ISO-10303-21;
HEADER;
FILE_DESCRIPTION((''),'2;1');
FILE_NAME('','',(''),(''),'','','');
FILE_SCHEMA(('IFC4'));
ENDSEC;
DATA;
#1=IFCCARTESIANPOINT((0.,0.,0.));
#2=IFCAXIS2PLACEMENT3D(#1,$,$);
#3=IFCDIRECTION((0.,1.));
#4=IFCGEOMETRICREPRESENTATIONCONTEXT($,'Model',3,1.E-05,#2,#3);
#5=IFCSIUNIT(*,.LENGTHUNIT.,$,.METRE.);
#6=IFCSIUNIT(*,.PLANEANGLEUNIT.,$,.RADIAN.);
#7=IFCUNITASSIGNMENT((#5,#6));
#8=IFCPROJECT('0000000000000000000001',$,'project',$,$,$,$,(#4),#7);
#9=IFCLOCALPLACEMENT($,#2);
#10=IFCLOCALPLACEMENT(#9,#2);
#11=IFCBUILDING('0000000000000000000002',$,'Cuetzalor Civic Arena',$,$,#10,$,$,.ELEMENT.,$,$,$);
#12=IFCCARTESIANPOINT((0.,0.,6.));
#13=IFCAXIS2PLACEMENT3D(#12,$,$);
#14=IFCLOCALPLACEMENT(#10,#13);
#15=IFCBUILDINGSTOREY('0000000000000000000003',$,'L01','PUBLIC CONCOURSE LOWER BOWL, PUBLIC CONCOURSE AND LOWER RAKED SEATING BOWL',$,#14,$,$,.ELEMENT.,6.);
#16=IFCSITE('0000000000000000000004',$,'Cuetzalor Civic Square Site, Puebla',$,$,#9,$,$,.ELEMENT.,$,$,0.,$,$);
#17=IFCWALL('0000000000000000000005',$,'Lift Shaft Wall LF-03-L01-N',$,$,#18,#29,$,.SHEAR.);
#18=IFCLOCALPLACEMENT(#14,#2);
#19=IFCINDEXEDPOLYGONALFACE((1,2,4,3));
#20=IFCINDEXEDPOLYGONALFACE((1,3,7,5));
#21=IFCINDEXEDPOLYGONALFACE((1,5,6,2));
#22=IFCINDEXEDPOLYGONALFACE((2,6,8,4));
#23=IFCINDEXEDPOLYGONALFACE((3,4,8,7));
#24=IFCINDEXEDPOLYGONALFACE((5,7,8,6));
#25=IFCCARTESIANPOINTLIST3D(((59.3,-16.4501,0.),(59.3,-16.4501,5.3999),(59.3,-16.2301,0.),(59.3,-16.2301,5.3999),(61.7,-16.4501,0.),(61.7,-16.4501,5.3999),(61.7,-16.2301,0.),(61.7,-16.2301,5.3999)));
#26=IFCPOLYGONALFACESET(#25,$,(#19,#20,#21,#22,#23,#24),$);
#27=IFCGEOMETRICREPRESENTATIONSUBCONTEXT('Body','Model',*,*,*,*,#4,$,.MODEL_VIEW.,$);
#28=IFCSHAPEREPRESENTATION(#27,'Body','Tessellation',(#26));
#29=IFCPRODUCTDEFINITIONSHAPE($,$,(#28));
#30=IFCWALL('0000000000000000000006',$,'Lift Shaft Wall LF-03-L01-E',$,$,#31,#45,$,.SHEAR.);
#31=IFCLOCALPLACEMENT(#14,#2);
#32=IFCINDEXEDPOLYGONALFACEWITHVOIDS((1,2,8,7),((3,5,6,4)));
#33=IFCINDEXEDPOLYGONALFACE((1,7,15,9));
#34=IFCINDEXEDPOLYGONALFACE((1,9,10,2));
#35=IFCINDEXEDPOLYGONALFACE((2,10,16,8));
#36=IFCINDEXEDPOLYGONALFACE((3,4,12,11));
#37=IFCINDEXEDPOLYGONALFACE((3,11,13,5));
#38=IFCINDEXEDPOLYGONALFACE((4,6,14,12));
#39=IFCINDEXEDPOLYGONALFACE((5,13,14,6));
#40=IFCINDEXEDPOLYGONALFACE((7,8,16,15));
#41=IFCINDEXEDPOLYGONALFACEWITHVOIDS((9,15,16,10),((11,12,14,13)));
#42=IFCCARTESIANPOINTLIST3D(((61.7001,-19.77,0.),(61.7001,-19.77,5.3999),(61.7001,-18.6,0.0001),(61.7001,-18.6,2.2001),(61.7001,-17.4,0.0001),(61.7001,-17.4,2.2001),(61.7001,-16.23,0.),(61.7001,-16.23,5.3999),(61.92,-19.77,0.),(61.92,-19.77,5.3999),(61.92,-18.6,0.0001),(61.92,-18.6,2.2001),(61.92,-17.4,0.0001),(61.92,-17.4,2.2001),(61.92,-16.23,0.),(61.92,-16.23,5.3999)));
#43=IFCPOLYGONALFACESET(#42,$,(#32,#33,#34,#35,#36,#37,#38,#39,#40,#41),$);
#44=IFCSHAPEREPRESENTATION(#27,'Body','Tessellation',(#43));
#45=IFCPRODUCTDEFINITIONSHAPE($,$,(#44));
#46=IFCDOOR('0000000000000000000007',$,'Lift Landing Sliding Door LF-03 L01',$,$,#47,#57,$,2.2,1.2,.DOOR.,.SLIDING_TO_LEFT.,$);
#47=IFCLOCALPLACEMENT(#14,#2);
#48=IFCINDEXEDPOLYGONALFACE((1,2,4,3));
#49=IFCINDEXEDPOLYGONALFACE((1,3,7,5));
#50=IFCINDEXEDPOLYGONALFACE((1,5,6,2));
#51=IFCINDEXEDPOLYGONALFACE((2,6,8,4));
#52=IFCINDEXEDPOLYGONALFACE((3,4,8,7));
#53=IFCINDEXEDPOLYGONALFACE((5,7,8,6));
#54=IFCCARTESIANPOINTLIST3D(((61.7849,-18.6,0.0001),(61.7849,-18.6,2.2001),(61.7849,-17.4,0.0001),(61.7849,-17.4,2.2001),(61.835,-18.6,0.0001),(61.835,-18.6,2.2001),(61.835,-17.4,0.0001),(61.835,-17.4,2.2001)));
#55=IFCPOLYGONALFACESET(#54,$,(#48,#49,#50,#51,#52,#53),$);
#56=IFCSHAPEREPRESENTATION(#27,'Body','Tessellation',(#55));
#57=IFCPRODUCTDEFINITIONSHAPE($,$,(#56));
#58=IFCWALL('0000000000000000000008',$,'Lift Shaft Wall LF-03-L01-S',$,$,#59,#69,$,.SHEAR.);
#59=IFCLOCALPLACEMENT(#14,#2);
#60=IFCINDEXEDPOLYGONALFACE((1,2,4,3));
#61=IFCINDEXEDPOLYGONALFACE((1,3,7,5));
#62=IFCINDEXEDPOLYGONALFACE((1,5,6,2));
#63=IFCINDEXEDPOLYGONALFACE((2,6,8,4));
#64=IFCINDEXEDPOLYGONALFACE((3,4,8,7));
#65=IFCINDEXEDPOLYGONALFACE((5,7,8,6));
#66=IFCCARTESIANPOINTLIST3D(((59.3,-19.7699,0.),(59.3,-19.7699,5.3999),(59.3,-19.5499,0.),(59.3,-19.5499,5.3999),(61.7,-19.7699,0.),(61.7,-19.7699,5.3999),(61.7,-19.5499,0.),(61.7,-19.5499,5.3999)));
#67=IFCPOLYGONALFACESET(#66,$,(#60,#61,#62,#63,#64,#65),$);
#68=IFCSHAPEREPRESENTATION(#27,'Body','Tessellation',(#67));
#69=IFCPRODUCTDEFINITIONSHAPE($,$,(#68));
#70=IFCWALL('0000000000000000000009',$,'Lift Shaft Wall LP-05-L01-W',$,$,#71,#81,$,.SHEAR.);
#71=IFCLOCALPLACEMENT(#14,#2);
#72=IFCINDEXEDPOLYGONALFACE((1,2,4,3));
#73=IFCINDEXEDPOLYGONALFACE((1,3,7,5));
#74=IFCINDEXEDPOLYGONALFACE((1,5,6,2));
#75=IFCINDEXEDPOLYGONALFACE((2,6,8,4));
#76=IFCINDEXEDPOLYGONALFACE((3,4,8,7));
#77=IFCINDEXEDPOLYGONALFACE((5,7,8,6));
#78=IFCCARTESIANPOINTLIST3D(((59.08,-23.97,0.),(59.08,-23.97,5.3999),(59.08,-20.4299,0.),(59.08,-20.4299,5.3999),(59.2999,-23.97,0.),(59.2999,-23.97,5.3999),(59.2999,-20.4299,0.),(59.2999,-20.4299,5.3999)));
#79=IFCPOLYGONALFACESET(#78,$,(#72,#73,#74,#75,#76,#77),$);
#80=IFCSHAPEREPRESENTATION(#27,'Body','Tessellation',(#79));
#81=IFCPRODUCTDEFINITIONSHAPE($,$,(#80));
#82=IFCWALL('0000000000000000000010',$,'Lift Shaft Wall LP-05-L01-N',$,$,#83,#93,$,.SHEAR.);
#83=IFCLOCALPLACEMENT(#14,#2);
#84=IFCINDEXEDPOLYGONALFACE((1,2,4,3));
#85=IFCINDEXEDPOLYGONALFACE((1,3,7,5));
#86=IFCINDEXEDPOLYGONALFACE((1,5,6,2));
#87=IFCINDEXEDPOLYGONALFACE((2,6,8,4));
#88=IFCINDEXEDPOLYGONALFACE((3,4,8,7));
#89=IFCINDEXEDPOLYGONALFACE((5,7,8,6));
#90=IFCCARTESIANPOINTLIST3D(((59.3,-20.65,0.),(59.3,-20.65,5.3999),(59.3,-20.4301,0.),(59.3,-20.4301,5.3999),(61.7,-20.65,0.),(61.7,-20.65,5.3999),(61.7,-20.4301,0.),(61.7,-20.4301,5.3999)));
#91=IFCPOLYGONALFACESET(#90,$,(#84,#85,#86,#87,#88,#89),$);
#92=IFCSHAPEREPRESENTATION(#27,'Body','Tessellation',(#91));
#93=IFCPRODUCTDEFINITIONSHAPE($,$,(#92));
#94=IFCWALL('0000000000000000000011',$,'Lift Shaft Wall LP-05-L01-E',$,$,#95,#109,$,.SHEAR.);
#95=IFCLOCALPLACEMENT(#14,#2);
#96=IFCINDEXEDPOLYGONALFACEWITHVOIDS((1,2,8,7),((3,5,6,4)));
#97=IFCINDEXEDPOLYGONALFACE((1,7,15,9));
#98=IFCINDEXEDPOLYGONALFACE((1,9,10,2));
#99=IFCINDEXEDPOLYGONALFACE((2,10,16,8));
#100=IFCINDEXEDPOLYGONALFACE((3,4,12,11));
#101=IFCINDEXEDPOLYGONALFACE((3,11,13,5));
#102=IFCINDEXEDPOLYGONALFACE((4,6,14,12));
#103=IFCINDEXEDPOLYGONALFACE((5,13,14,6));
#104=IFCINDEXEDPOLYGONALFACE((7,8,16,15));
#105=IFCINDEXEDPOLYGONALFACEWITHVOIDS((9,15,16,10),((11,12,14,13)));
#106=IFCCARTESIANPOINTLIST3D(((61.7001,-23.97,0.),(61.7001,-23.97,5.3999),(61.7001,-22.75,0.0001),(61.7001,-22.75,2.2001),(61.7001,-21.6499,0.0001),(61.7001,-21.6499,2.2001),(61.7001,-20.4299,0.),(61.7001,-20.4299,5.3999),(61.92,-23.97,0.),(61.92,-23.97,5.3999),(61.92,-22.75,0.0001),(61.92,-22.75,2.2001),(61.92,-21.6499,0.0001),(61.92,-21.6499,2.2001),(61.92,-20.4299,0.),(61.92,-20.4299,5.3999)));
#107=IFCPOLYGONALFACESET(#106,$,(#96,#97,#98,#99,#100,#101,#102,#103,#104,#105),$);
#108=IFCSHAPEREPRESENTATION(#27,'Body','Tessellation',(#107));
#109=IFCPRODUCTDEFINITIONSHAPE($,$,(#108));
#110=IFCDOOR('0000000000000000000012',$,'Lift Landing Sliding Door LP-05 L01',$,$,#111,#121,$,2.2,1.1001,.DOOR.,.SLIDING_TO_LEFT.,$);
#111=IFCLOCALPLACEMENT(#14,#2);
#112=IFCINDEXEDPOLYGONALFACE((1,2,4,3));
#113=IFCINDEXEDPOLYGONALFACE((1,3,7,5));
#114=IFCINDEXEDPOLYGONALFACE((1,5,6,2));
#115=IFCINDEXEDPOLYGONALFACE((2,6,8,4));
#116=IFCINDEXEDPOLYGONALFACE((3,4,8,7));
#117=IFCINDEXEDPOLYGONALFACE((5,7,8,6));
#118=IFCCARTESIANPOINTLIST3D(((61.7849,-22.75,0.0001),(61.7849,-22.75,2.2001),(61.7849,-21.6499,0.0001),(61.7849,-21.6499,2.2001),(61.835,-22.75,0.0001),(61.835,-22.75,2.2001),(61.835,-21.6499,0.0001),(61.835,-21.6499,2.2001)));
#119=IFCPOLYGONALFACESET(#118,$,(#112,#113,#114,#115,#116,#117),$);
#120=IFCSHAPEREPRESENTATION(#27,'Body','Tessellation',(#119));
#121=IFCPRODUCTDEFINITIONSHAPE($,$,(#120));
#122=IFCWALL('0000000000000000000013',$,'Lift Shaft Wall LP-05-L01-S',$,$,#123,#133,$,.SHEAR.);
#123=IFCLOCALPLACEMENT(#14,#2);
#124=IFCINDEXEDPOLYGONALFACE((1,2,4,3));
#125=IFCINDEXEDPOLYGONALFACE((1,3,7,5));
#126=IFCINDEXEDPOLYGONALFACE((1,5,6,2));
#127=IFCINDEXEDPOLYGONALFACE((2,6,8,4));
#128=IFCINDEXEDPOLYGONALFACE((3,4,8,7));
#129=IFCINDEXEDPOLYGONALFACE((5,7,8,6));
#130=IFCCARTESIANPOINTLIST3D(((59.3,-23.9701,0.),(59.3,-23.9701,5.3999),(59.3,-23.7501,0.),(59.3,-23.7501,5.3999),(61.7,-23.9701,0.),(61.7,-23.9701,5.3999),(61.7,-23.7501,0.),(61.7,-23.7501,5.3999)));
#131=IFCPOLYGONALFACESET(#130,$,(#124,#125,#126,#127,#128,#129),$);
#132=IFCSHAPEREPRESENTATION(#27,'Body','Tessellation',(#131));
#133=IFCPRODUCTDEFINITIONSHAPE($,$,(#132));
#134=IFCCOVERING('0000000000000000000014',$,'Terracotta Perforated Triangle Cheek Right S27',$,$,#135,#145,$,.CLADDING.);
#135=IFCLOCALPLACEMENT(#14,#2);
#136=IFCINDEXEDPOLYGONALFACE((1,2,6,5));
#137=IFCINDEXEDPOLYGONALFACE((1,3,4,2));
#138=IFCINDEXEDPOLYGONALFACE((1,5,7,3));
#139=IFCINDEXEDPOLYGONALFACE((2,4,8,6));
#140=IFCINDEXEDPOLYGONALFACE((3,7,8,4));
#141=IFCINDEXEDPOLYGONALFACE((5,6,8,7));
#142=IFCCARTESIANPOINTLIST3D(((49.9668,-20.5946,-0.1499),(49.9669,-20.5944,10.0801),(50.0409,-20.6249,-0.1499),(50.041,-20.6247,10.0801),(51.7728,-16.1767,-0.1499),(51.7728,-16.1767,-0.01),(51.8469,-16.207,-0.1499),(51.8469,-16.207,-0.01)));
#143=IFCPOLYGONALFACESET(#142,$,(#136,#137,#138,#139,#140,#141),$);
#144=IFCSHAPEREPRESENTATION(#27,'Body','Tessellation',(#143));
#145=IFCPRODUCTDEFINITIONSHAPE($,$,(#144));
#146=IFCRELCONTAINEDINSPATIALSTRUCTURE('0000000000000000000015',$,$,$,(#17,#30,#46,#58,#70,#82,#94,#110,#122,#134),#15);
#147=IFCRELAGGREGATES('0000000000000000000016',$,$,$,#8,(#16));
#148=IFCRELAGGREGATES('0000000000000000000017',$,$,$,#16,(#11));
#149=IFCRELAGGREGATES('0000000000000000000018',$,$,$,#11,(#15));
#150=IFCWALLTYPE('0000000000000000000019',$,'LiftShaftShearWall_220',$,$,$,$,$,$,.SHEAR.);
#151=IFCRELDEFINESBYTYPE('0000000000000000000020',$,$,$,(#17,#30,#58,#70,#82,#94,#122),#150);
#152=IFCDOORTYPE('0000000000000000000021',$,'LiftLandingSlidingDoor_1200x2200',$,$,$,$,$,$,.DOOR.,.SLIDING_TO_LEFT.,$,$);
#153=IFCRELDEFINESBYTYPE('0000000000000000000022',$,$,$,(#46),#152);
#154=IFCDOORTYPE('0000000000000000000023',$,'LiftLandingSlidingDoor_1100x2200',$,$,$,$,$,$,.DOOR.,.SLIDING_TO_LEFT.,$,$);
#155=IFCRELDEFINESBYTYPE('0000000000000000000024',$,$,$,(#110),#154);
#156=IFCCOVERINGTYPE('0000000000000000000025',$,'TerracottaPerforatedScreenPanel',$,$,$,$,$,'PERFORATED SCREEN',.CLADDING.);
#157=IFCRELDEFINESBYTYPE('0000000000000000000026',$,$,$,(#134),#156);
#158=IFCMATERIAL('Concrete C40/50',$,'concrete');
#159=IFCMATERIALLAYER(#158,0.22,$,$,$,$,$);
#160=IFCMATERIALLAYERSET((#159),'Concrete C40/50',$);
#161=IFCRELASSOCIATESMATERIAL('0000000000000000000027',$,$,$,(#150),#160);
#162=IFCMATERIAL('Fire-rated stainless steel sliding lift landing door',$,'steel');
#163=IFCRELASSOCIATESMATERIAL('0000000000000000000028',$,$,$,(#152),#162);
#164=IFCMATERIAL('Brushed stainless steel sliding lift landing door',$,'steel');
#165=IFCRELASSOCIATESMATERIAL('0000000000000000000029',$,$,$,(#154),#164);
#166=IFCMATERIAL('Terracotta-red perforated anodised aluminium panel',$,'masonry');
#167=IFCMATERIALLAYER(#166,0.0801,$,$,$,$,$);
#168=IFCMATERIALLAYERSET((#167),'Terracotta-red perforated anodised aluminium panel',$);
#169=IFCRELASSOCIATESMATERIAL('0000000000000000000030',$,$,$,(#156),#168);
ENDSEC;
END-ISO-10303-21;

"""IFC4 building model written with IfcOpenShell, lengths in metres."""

from ifc_helpers import new_model, si_unit, direction, frame, frame_2d, origin, place, context, subcontext, project, spatial, polyline, rectangle, outline, extrude, material, layer, layer_set, type_object, element, fill, save


model = new_model("IFC4")

# Units and contexts
model_context = context("Model", 3, precision=1e-05, world=origin(), true_north=direction((0.0, 1.0)))
body_context = subcontext(model_context, "Body", "Model", "MODEL_VIEW")
ifc_project = project(units=[si_unit("LENGTHUNIT", "METRE"), si_unit("PLANEANGLEUNIT", "RADIAN")], contexts=[model_context])

# Site, building, storey
site_placement = place(None, origin())
site = spatial("IfcSite", under=ifc_project, at=site_placement, Name="Cuetzalor Civic Square Site, Puebla", CompositionType="ELEMENT", RefElevation=0.0)
building_placement = place(site_placement, origin())
building = spatial("IfcBuilding", under=site, at=building_placement, Name="Cuetzalor Civic Arena", CompositionType="ELEMENT")
storey_placement = place(building_placement, frame((0.0, 0.0, 6.0)))
storey = spatial("IfcBuildingStorey", under=building, at=storey_placement, Name="L01", Description="PUBLIC CONCOURSE LOWER BOWL, PUBLIC CONCOURSE AND LOWER RAKED SEATING BOWL", CompositionType="ELEMENT", Elevation=6.0)

# Wall
ifc_material_1 = material(Name="Concrete C40/50", Category="concrete")
ifc_layer_1 = layer(ifc_material_1, 0.22)
ifc_layer_set_1 = layer_set([ifc_layer_1], Name="Concrete C40/50")
wall_type_1 = type_object("IfcWallType", Name="LiftShaftShearWall_220", PredefinedType="SHEAR", material=ifc_layer_set_1)
wall_1_placement = place(storey_placement, frame((59.3, -16.3401, 0.0), z_axis=(0.0, 0.0, 1.0), x_axis=(1.0, 0.0, 0.0)))
element("IfcWall", 1, at=wall_1_placement, inside=storey, type_object=wall_type_1, Name="Lift Shaft Wall LF-03-L01-N", PredefinedType="SHEAR", context=body_context, shape_type="SweptSolid", body=[
    extrude(rectangle(XDim=2.3999, YDim=0.22, at=frame_2d((1.2, 0.0))), origin(), (0.0, 0.0, 1.0), 5.3999),
])

# Wall, opening, door
wall_2_placement = place(storey_placement, frame((61.8101, -16.23, 0.0), z_axis=(0.0, 0.0, 1.0), x_axis=(0.0, -1.0, 0.0)))
wall_2 = element("IfcWall", 2, at=wall_2_placement, inside=storey, type_object=wall_type_1, Name="Lift Shaft Wall LF-03-L01-E", PredefinedType="SHEAR", context=body_context, shape_type="SweptSolid", body=[
    extrude(rectangle(XDim=3.54, YDim=0.22, at=frame_2d((1.77, 0.0))), origin(), (0.0, 0.0, 1.0), 5.3999),
])
opening_1_placement = place(wall_2_placement, frame((1.1699, 0.0, 0.0)))
opening_1 = element("IfcOpeningElement", 3, at=opening_1_placement, cuts=wall_2, PredefinedType="OPENING", context=body_context, shape_type="SweptSolid", body=[
    extrude(rectangle(XDim=1.2, YDim=2.2, at=frame_2d((0.6001, 1.1001))), frame((0.0, 0.1201, 0.0), z_axis=(0.0, -1.0, 0.0), x_axis=(1.0, 0.0, 0.0)), (0.0, 0.0, 1.0), 0.24),
])
ifc_material_2 = material(Name="Fire-rated stainless steel sliding lift landing door", Category="steel")
door_type_1 = type_object("IfcDoorType", Name="LiftLandingSlidingDoor_1200x2200", OperationType="SLIDING_TO_LEFT", PredefinedType="DOOR", material=ifc_material_2)
door_1_placement = place(opening_1_placement, origin())
door_1 = element("IfcDoor", 4, at=door_1_placement, inside=storey, type_object=door_type_1, Name="Lift Landing Sliding Door LF-03 L01", OperationType="SLIDING_TO_LEFT", OverallHeight=2.2, OverallWidth=1.2, PredefinedType="DOOR", context=body_context, shape_type="SweptSolid", body=[
    extrude(rectangle(XDim=1.2, YDim=2.2, at=frame_2d((0.6001, 1.1001))), frame((0.0, 0.0249, 0.0), z_axis=(0.0, -1.0, 0.0), x_axis=(1.0, 0.0, 0.0)), (0.0, 0.0, 1.0), 0.05),
])
fill(opening_1, door_1)

# Walls
wall_3_placement = place(storey_placement, frame((61.7, -19.6599, 0.0), z_axis=(0.0, 0.0, 1.0), x_axis=(-1.0, 0.0, 0.0)))
element("IfcWall", 5, at=wall_3_placement, inside=storey, type_object=wall_type_1, Name="Lift Shaft Wall LF-03-L01-S", PredefinedType="SHEAR", context=body_context, shape_type="SweptSolid", body=[
    extrude(rectangle(XDim=2.3999, YDim=0.22, at=frame_2d((1.2, 0.0))), origin(), (0.0, 0.0, 1.0), 5.3999),
])
wall_4_placement = place(storey_placement, frame((59.1899, -23.97, 0.0), z_axis=(0.0, 0.0, 1.0), x_axis=(0.0, 1.0, 0.0)))
element("IfcWall", 6, at=wall_4_placement, inside=storey, type_object=wall_type_1, Name="Lift Shaft Wall LP-05-L01-W", PredefinedType="SHEAR", context=body_context, shape_type="SweptSolid", body=[
    extrude(rectangle(XDim=3.54, YDim=0.22, at=frame_2d((1.77, 0.0))), origin(), (0.0, 0.0, 1.0), 5.3999),
])
wall_5_placement = place(storey_placement, frame((59.3, -20.54, 0.0), z_axis=(0.0, 0.0, 1.0), x_axis=(1.0, 0.0, 0.0)))
element("IfcWall", 7, at=wall_5_placement, inside=storey, type_object=wall_type_1, Name="Lift Shaft Wall LP-05-L01-N", PredefinedType="SHEAR", context=body_context, shape_type="SweptSolid", body=[
    extrude(rectangle(XDim=2.3999, YDim=0.22, at=frame_2d((1.2, 0.0))), origin(), (0.0, 0.0, 1.0), 5.3999),
])

# Wall, opening, door
wall_6_placement = place(storey_placement, frame((61.8101, -20.4299, 0.0), z_axis=(0.0, 0.0, 1.0), x_axis=(0.0, -1.0, 0.0)))
wall_6 = element("IfcWall", 8, at=wall_6_placement, inside=storey, type_object=wall_type_1, Name="Lift Shaft Wall LP-05-L01-E", PredefinedType="SHEAR", context=body_context, shape_type="SweptSolid", body=[
    extrude(rectangle(XDim=3.54, YDim=0.22, at=frame_2d((1.77, 0.0))), origin(), (0.0, 0.0, 1.0), 5.3999),
])
opening_2_placement = place(wall_6_placement, frame((1.22, 0.0, 0.0)))
opening_2 = element("IfcOpeningElement", 9, at=opening_2_placement, cuts=wall_6, PredefinedType="OPENING", context=body_context, shape_type="SweptSolid", body=[
    extrude(rectangle(XDim=1.1001, YDim=2.2, at=frame_2d((0.55, 1.1001))), frame((0.0, 0.1201, 0.0), z_axis=(0.0, -1.0, 0.0), x_axis=(1.0, 0.0, 0.0)), (0.0, 0.0, 1.0), 0.24),
])
ifc_material_3 = material(Name="Brushed stainless steel sliding lift landing door", Category="steel")
door_type_2 = type_object("IfcDoorType", Name="LiftLandingSlidingDoor_1100x2200", OperationType="SLIDING_TO_LEFT", PredefinedType="DOOR", material=ifc_material_3)
door_2_placement = place(opening_2_placement, origin())
door_2 = element("IfcDoor", 10, at=door_2_placement, inside=storey, type_object=door_type_2, Name="Lift Landing Sliding Door LP-05 L01", OperationType="SLIDING_TO_LEFT", OverallHeight=2.2, OverallWidth=1.1001, PredefinedType="DOOR", context=body_context, shape_type="SweptSolid", body=[
    extrude(rectangle(XDim=1.1001, YDim=2.2, at=frame_2d((0.55, 1.1001))), frame((0.0, 0.0249, 0.0), z_axis=(0.0, -1.0, 0.0), x_axis=(1.0, 0.0, 0.0)), (0.0, 0.0, 1.0), 0.05),
])
fill(opening_2, door_2)

# Wall
wall_7_placement = place(storey_placement, frame((61.7, -23.8601, 0.0), z_axis=(0.0, 0.0, 1.0), x_axis=(-1.0, 0.0, 0.0)))
element("IfcWall", 11, at=wall_7_placement, inside=storey, type_object=wall_type_1, Name="Lift Shaft Wall LP-05-L01-S", PredefinedType="SHEAR", context=body_context, shape_type="SweptSolid", body=[
    extrude(rectangle(XDim=2.3999, YDim=0.22, at=frame_2d((1.2, 0.0))), origin(), (0.0, 0.0, 1.0), 5.3999),
])

# Covering
ifc_material_4 = material(Name="Terracotta-red perforated anodised aluminium panel", Category="masonry")
ifc_layer_2 = layer(ifc_material_4, 0.0801)
ifc_layer_set_2 = layer_set([ifc_layer_2], Name="Terracotta-red perforated anodised aluminium panel")
covering_type = type_object("IfcCoveringType", Name="TerracottaPerforatedScreenPanel", ElementType="PERFORATED SCREEN", PredefinedType="CLADDING", material=ifc_layer_set_2)
covering_placement = place(storey_placement, frame((51.8098, -16.1919, -0.1499), z_axis=(0.0, 0.0, 1.0), x_axis=(-0.378392, -0.925646, 0.0)))
element("IfcCovering", 12, at=covering_placement, inside=storey, type_object=covering_type, Name="Terracotta Perforated Triangle Cheek Right S27", PredefinedType="CLADDING", context=body_context, shape_type="SweptSolid", body=[
    extrude(outline(polyline([(0.0, 0.0), (4.7727, 0.0), (4.7725, 10.23), (0.0, 0.1399), (0.0, 0.0)])), frame((0.0, 0.04, 0.0), z_axis=(0.0, -1.0, 0.0), x_axis=(1.0, 0.0, 0.0)), (0.0, 0.0, 1.0), 0.0801),
])

save(model, "model.ifc")
